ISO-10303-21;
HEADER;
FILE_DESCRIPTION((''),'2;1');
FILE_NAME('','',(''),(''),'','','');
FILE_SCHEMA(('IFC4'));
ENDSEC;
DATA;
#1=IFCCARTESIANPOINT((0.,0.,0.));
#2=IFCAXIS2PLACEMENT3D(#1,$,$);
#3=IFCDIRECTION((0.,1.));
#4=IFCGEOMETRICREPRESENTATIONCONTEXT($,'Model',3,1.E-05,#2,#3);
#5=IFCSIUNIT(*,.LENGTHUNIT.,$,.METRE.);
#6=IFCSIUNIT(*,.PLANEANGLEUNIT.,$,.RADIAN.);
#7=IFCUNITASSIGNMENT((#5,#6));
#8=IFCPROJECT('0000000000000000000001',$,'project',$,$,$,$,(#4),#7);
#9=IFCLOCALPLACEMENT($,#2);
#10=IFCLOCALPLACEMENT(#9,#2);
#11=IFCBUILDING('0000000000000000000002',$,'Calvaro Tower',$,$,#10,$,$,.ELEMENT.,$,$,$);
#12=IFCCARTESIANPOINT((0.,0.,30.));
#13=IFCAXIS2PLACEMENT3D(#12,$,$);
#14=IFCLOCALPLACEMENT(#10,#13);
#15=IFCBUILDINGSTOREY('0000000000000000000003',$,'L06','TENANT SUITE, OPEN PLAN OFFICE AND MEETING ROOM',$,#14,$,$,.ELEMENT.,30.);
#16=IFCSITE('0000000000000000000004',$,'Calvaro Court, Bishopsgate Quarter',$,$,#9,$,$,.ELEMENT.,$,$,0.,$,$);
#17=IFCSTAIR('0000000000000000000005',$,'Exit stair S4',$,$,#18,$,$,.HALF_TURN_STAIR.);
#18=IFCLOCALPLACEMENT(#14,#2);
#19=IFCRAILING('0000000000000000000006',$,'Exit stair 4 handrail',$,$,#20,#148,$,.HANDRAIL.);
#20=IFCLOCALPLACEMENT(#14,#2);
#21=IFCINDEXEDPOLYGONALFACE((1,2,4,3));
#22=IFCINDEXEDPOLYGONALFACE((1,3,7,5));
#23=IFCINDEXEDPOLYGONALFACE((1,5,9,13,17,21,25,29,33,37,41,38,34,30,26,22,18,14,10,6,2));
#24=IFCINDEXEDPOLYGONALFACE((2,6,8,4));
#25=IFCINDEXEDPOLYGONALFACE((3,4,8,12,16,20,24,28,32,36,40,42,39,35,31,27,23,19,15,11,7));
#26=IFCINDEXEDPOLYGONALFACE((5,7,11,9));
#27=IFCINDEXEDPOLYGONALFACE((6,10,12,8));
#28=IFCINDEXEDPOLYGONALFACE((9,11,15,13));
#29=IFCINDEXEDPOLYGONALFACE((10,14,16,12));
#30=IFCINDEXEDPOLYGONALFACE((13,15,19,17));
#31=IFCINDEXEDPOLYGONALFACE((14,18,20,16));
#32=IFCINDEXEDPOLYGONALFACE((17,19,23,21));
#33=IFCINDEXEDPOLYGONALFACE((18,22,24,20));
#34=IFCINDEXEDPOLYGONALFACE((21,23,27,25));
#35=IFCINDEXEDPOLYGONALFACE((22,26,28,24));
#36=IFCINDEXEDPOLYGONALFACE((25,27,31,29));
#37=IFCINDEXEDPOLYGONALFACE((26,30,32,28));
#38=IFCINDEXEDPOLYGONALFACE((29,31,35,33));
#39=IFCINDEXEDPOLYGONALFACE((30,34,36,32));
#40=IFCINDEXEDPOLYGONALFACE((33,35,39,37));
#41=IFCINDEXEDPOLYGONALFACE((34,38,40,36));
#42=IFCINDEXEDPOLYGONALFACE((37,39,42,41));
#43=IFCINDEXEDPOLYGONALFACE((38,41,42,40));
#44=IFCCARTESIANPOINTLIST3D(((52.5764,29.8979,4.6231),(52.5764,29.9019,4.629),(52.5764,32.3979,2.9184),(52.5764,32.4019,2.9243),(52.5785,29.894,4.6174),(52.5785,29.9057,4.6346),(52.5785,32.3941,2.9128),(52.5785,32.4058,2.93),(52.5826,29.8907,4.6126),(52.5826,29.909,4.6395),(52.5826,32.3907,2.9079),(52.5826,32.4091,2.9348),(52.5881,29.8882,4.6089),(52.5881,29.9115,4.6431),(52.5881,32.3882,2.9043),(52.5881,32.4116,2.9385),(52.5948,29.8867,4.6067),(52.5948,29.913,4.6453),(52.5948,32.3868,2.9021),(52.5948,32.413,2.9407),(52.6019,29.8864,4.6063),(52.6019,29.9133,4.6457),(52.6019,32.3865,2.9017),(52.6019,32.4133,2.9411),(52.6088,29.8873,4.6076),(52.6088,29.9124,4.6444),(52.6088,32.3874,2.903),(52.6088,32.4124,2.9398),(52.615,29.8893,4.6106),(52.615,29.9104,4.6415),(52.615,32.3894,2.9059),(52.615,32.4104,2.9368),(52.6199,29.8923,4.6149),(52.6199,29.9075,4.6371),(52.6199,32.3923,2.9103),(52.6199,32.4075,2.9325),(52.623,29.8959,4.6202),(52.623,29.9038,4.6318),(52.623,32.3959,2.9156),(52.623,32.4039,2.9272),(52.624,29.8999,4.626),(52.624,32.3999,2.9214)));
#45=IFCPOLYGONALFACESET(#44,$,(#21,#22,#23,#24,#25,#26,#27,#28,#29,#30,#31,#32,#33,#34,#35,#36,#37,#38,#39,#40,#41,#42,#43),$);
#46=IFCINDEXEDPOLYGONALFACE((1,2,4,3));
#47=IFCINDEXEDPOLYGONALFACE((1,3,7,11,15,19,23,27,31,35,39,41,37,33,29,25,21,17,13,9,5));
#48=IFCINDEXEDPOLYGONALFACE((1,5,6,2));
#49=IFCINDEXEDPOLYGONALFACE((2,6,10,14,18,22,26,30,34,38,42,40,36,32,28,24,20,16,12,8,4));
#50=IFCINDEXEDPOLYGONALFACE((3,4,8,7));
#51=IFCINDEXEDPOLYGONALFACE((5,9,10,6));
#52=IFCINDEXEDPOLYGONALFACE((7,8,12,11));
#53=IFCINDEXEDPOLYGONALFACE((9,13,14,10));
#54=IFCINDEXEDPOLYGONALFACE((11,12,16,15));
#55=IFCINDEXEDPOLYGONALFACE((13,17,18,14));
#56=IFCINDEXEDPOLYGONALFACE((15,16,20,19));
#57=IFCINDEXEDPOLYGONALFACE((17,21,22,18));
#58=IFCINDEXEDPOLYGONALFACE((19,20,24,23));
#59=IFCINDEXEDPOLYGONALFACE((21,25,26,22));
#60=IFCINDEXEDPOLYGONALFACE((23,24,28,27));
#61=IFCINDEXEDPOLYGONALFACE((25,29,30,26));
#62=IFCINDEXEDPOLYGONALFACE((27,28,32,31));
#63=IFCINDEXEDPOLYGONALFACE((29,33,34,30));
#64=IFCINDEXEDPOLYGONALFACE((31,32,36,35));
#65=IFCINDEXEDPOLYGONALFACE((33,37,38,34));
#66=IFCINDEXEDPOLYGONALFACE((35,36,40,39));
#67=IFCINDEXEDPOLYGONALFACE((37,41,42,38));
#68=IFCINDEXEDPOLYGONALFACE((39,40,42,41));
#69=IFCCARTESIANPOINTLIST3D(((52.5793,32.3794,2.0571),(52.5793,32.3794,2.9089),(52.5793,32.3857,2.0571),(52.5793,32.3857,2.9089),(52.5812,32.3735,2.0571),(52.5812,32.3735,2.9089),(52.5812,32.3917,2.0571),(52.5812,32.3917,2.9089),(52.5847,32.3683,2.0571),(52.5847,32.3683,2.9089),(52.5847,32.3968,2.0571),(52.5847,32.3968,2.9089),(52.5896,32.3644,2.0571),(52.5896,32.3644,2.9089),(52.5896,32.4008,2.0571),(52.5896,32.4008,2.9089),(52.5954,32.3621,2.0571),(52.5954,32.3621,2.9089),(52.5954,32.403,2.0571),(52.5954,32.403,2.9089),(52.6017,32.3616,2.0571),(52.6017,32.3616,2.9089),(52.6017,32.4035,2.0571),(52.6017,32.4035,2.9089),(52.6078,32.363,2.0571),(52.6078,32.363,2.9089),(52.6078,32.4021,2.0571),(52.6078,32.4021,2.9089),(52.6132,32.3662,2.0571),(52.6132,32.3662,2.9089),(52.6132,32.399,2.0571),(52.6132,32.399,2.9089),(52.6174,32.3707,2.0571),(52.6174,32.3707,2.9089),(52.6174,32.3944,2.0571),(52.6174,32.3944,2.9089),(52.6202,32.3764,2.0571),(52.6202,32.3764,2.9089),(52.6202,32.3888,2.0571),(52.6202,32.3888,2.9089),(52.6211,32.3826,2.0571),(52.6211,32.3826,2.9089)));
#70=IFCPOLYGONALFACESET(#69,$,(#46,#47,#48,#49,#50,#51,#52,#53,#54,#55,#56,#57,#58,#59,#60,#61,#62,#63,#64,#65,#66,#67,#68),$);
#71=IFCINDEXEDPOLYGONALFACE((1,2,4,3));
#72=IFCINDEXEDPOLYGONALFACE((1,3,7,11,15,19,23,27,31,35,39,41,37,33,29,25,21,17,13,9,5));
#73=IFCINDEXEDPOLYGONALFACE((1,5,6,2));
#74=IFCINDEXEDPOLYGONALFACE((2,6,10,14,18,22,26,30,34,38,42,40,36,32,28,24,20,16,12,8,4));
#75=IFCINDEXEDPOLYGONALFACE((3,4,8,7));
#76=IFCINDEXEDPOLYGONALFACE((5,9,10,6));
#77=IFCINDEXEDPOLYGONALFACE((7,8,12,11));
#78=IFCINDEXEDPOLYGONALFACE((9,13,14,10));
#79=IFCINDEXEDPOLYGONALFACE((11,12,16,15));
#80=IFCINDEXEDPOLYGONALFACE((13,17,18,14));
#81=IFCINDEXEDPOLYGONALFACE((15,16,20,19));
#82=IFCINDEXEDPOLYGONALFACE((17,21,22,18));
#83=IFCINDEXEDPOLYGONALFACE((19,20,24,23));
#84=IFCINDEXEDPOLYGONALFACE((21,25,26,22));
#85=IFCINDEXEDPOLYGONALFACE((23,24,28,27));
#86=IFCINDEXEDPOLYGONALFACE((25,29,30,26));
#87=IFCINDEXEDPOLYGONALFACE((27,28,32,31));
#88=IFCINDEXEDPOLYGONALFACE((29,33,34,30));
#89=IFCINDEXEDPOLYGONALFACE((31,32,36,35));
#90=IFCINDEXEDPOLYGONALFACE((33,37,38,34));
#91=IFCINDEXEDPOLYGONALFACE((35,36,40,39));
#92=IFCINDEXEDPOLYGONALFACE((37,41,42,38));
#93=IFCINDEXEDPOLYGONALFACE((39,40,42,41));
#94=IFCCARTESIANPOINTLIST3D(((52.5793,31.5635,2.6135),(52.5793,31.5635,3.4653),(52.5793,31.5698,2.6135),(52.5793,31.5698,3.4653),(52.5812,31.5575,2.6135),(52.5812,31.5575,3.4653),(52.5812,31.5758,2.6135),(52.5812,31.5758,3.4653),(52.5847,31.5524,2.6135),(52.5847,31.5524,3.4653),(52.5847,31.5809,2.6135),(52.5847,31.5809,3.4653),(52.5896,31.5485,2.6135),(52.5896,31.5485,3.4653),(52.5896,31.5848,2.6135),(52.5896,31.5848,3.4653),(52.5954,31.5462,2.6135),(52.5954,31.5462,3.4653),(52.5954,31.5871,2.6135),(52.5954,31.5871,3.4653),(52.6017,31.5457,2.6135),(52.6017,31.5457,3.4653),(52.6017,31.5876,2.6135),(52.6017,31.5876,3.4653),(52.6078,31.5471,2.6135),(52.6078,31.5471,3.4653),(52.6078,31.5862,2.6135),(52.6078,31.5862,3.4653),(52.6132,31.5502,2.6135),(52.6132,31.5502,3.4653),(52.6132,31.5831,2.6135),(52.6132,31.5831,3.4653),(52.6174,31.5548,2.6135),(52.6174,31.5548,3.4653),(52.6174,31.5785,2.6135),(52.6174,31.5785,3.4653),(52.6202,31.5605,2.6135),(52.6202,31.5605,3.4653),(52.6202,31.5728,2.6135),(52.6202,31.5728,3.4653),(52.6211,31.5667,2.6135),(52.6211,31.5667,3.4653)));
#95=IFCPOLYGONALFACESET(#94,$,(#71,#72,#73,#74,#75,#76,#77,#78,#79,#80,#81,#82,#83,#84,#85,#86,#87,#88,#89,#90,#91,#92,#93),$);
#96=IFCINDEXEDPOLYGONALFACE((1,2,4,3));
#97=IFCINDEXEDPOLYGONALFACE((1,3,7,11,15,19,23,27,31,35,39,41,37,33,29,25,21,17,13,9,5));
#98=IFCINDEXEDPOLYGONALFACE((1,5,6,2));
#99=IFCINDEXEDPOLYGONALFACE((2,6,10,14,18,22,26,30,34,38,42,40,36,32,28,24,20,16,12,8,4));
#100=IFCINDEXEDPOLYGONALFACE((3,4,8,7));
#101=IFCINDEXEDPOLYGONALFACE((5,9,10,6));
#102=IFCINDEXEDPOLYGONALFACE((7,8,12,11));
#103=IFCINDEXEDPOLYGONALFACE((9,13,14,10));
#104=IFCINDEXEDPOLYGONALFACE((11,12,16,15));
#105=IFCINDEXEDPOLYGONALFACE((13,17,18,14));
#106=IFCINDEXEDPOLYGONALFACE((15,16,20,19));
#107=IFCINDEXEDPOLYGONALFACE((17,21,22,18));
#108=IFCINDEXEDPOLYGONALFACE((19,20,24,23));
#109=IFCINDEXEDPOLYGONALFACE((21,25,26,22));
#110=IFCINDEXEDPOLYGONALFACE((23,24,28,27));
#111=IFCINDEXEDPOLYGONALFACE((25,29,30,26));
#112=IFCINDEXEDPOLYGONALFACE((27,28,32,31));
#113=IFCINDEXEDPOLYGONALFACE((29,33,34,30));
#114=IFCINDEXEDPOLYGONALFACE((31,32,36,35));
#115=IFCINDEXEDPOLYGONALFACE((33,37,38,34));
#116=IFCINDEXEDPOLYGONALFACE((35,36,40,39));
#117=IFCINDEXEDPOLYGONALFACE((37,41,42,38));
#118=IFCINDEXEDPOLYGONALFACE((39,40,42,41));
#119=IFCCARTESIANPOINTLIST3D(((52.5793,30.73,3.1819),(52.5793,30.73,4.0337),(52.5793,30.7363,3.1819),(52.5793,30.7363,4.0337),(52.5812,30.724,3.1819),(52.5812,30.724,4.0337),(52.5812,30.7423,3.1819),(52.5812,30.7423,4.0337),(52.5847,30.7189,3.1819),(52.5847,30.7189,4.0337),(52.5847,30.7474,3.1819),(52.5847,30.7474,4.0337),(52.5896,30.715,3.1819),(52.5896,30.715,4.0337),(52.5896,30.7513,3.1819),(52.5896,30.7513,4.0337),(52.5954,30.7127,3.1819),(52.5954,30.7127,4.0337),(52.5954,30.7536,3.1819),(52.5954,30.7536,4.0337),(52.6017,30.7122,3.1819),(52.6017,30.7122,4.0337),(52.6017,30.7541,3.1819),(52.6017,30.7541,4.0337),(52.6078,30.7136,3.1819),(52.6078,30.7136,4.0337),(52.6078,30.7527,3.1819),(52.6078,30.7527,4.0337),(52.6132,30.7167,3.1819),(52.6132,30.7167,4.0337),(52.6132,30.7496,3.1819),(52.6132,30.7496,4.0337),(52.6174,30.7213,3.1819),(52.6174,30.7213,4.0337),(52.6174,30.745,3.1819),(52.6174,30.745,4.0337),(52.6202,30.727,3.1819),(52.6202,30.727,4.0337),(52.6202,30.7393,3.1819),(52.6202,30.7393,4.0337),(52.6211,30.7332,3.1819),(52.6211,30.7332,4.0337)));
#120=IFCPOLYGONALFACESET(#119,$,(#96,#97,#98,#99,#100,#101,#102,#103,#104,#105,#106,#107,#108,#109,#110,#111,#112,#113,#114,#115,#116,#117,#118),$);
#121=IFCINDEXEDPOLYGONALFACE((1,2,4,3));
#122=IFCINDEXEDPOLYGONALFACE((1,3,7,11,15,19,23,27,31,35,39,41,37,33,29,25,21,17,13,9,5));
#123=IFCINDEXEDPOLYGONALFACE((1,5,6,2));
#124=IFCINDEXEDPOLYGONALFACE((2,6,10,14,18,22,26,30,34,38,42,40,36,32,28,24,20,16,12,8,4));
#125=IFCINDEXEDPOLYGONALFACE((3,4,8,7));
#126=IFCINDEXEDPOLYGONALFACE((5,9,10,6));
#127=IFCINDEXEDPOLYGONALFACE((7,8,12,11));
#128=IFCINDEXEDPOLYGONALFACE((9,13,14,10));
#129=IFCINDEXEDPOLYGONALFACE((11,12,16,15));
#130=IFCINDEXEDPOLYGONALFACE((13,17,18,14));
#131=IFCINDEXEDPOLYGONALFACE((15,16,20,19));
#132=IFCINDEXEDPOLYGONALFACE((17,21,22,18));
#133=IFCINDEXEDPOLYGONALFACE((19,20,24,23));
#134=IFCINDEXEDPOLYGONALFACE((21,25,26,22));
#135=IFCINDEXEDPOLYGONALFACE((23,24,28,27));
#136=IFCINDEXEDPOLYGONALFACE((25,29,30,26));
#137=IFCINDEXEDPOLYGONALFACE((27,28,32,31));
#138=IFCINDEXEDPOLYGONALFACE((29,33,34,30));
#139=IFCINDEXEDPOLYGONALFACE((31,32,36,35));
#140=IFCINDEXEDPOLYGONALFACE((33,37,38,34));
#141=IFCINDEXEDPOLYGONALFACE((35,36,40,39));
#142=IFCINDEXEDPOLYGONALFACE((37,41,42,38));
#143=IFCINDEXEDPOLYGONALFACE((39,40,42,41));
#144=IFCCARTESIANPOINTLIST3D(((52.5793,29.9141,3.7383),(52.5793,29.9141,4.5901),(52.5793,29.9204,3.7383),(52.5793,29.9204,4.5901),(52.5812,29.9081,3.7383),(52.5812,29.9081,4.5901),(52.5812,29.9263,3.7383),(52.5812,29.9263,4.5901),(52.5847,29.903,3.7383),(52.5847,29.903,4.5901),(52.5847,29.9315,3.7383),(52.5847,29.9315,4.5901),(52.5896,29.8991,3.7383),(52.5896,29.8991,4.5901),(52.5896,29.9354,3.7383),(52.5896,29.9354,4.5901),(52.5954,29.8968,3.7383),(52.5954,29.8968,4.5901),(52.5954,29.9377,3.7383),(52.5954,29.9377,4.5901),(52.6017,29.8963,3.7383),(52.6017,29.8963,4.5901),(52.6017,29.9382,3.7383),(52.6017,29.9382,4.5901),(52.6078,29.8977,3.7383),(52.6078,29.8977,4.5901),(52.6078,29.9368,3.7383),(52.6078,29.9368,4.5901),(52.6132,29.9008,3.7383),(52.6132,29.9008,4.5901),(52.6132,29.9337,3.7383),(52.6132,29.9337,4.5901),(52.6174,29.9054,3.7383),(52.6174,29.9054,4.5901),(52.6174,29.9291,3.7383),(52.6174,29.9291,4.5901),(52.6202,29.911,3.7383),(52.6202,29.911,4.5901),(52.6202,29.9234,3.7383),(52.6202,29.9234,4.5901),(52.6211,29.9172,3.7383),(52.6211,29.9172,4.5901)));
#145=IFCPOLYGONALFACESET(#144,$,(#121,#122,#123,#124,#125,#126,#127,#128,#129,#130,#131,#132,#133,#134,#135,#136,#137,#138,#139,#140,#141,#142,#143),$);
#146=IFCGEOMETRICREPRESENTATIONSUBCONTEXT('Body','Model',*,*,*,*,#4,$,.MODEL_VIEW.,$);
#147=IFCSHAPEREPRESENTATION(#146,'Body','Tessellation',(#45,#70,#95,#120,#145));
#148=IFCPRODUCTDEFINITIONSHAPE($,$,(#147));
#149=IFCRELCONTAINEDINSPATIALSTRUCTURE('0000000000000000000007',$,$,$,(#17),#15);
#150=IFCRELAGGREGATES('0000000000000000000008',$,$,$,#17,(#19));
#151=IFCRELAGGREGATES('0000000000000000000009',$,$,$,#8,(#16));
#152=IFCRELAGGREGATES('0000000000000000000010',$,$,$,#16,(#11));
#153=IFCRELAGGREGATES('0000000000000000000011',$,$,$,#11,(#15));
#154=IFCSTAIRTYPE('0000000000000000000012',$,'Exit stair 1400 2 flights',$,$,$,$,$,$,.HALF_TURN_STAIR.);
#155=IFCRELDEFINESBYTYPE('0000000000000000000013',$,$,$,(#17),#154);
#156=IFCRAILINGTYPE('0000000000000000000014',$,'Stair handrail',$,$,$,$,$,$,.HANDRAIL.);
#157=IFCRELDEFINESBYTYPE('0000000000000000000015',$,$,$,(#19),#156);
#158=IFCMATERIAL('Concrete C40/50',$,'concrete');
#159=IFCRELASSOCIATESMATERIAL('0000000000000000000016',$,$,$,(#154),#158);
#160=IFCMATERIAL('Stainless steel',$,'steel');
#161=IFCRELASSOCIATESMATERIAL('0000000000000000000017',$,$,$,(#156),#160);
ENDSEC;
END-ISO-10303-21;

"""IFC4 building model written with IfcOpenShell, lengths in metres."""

from ifc_helpers import new_model, si_unit, direction, frame, origin, origin_2d, place, context, subcontext, project, spatial, circle, extrude, material, type_object, element, aggregate, save


model = new_model("IFC4")

# Units and contexts
model_context = context("Model", 3, precision=1e-05, world=origin(), true_north=direction((0.0, 1.0)))
body_context = subcontext(model_context, "Body", "Model", "MODEL_VIEW")
ifc_project = project(units=[si_unit("LENGTHUNIT", "METRE"), si_unit("PLANEANGLEUNIT", "RADIAN")], contexts=[model_context])

# Site, building, storey
site_placement = place(None, origin())
site = spatial("IfcSite", under=ifc_project, at=site_placement, Name="Calvaro Court, Bishopsgate Quarter", CompositionType="ELEMENT", RefElevation=0.0)
building_placement = place(site_placement, origin())
building = spatial("IfcBuilding", under=site, at=building_placement, Name="Calvaro Tower", CompositionType="ELEMENT")
storey_placement = place(building_placement, frame((0.0, 0.0, 30.0)))
storey = spatial("IfcBuildingStorey", under=building, at=storey_placement, Name="L06", Description="TENANT SUITE, OPEN PLAN OFFICE AND MEETING ROOM", CompositionType="ELEMENT", Elevation=30.0)

# Shared definitions
ifc_material_1 = material(Name="Concrete C40/50", Category="concrete")
stair_type = type_object("IfcStairType", Name="Exit stair 1400 2 flights", PredefinedType="HALF_TURN_STAIR", material=ifc_material_1)

# Stair
stair_1_placement = place(storey_placement, origin())
stair_1 = element("IfcStair", 1, at=stair_1_placement, inside=storey, type_object=stair_type, Name="Exit stair S4", PredefinedType="HALF_TURN_STAIR")

# Railing
ifc_material_2 = material(Name="Stainless steel", Category="steel")
railing_type = type_object("IfcRailingType", Name="Stair handrail", PredefinedType="HANDRAIL", material=ifc_material_2)
railing_1_placement = place(storey_placement, frame((52.6001, 32.3999, 2.0454)))
railing_1 = element("IfcRailing", 2, at=railing_1_placement, type_object=railing_type, Name="Exit stair 4 handrail", PredefinedType="HANDRAIL", context=body_context, shape_type="SweptSolid", body=[
    extrude(circle(Radius=0.0239, at=origin_2d()), frame((0.0, 0.0, 0.876), z_axis=(0.0, -0.826221, 0.563347), x_axis=(1.0, 0.0, 0.0)), (0.0, 0.0, 1.0), 3.0259),
    extrude(circle(Radius=0.021, at=origin_2d()), frame((0.0, -0.0173, 0.0117)), (0.0, 0.0, 1.0), 0.8518),
    extrude(circle(Radius=0.021, at=origin_2d()), frame((0.0, -0.8333, 0.5681)), (0.0, 0.0, 1.0), 0.8518),
    extrude(circle(Radius=0.021, at=origin_2d()), frame((0.0, -1.6667, 1.1365)), (0.0, 0.0, 1.0), 0.8518),
    extrude(circle(Radius=0.021, at=origin_2d()), frame((0.0, -2.4827, 1.6929)), (0.0, 0.0, 1.0), 0.8518),
])
aggregate(stair_1, [railing_1])

save(model, "model.ifc")
